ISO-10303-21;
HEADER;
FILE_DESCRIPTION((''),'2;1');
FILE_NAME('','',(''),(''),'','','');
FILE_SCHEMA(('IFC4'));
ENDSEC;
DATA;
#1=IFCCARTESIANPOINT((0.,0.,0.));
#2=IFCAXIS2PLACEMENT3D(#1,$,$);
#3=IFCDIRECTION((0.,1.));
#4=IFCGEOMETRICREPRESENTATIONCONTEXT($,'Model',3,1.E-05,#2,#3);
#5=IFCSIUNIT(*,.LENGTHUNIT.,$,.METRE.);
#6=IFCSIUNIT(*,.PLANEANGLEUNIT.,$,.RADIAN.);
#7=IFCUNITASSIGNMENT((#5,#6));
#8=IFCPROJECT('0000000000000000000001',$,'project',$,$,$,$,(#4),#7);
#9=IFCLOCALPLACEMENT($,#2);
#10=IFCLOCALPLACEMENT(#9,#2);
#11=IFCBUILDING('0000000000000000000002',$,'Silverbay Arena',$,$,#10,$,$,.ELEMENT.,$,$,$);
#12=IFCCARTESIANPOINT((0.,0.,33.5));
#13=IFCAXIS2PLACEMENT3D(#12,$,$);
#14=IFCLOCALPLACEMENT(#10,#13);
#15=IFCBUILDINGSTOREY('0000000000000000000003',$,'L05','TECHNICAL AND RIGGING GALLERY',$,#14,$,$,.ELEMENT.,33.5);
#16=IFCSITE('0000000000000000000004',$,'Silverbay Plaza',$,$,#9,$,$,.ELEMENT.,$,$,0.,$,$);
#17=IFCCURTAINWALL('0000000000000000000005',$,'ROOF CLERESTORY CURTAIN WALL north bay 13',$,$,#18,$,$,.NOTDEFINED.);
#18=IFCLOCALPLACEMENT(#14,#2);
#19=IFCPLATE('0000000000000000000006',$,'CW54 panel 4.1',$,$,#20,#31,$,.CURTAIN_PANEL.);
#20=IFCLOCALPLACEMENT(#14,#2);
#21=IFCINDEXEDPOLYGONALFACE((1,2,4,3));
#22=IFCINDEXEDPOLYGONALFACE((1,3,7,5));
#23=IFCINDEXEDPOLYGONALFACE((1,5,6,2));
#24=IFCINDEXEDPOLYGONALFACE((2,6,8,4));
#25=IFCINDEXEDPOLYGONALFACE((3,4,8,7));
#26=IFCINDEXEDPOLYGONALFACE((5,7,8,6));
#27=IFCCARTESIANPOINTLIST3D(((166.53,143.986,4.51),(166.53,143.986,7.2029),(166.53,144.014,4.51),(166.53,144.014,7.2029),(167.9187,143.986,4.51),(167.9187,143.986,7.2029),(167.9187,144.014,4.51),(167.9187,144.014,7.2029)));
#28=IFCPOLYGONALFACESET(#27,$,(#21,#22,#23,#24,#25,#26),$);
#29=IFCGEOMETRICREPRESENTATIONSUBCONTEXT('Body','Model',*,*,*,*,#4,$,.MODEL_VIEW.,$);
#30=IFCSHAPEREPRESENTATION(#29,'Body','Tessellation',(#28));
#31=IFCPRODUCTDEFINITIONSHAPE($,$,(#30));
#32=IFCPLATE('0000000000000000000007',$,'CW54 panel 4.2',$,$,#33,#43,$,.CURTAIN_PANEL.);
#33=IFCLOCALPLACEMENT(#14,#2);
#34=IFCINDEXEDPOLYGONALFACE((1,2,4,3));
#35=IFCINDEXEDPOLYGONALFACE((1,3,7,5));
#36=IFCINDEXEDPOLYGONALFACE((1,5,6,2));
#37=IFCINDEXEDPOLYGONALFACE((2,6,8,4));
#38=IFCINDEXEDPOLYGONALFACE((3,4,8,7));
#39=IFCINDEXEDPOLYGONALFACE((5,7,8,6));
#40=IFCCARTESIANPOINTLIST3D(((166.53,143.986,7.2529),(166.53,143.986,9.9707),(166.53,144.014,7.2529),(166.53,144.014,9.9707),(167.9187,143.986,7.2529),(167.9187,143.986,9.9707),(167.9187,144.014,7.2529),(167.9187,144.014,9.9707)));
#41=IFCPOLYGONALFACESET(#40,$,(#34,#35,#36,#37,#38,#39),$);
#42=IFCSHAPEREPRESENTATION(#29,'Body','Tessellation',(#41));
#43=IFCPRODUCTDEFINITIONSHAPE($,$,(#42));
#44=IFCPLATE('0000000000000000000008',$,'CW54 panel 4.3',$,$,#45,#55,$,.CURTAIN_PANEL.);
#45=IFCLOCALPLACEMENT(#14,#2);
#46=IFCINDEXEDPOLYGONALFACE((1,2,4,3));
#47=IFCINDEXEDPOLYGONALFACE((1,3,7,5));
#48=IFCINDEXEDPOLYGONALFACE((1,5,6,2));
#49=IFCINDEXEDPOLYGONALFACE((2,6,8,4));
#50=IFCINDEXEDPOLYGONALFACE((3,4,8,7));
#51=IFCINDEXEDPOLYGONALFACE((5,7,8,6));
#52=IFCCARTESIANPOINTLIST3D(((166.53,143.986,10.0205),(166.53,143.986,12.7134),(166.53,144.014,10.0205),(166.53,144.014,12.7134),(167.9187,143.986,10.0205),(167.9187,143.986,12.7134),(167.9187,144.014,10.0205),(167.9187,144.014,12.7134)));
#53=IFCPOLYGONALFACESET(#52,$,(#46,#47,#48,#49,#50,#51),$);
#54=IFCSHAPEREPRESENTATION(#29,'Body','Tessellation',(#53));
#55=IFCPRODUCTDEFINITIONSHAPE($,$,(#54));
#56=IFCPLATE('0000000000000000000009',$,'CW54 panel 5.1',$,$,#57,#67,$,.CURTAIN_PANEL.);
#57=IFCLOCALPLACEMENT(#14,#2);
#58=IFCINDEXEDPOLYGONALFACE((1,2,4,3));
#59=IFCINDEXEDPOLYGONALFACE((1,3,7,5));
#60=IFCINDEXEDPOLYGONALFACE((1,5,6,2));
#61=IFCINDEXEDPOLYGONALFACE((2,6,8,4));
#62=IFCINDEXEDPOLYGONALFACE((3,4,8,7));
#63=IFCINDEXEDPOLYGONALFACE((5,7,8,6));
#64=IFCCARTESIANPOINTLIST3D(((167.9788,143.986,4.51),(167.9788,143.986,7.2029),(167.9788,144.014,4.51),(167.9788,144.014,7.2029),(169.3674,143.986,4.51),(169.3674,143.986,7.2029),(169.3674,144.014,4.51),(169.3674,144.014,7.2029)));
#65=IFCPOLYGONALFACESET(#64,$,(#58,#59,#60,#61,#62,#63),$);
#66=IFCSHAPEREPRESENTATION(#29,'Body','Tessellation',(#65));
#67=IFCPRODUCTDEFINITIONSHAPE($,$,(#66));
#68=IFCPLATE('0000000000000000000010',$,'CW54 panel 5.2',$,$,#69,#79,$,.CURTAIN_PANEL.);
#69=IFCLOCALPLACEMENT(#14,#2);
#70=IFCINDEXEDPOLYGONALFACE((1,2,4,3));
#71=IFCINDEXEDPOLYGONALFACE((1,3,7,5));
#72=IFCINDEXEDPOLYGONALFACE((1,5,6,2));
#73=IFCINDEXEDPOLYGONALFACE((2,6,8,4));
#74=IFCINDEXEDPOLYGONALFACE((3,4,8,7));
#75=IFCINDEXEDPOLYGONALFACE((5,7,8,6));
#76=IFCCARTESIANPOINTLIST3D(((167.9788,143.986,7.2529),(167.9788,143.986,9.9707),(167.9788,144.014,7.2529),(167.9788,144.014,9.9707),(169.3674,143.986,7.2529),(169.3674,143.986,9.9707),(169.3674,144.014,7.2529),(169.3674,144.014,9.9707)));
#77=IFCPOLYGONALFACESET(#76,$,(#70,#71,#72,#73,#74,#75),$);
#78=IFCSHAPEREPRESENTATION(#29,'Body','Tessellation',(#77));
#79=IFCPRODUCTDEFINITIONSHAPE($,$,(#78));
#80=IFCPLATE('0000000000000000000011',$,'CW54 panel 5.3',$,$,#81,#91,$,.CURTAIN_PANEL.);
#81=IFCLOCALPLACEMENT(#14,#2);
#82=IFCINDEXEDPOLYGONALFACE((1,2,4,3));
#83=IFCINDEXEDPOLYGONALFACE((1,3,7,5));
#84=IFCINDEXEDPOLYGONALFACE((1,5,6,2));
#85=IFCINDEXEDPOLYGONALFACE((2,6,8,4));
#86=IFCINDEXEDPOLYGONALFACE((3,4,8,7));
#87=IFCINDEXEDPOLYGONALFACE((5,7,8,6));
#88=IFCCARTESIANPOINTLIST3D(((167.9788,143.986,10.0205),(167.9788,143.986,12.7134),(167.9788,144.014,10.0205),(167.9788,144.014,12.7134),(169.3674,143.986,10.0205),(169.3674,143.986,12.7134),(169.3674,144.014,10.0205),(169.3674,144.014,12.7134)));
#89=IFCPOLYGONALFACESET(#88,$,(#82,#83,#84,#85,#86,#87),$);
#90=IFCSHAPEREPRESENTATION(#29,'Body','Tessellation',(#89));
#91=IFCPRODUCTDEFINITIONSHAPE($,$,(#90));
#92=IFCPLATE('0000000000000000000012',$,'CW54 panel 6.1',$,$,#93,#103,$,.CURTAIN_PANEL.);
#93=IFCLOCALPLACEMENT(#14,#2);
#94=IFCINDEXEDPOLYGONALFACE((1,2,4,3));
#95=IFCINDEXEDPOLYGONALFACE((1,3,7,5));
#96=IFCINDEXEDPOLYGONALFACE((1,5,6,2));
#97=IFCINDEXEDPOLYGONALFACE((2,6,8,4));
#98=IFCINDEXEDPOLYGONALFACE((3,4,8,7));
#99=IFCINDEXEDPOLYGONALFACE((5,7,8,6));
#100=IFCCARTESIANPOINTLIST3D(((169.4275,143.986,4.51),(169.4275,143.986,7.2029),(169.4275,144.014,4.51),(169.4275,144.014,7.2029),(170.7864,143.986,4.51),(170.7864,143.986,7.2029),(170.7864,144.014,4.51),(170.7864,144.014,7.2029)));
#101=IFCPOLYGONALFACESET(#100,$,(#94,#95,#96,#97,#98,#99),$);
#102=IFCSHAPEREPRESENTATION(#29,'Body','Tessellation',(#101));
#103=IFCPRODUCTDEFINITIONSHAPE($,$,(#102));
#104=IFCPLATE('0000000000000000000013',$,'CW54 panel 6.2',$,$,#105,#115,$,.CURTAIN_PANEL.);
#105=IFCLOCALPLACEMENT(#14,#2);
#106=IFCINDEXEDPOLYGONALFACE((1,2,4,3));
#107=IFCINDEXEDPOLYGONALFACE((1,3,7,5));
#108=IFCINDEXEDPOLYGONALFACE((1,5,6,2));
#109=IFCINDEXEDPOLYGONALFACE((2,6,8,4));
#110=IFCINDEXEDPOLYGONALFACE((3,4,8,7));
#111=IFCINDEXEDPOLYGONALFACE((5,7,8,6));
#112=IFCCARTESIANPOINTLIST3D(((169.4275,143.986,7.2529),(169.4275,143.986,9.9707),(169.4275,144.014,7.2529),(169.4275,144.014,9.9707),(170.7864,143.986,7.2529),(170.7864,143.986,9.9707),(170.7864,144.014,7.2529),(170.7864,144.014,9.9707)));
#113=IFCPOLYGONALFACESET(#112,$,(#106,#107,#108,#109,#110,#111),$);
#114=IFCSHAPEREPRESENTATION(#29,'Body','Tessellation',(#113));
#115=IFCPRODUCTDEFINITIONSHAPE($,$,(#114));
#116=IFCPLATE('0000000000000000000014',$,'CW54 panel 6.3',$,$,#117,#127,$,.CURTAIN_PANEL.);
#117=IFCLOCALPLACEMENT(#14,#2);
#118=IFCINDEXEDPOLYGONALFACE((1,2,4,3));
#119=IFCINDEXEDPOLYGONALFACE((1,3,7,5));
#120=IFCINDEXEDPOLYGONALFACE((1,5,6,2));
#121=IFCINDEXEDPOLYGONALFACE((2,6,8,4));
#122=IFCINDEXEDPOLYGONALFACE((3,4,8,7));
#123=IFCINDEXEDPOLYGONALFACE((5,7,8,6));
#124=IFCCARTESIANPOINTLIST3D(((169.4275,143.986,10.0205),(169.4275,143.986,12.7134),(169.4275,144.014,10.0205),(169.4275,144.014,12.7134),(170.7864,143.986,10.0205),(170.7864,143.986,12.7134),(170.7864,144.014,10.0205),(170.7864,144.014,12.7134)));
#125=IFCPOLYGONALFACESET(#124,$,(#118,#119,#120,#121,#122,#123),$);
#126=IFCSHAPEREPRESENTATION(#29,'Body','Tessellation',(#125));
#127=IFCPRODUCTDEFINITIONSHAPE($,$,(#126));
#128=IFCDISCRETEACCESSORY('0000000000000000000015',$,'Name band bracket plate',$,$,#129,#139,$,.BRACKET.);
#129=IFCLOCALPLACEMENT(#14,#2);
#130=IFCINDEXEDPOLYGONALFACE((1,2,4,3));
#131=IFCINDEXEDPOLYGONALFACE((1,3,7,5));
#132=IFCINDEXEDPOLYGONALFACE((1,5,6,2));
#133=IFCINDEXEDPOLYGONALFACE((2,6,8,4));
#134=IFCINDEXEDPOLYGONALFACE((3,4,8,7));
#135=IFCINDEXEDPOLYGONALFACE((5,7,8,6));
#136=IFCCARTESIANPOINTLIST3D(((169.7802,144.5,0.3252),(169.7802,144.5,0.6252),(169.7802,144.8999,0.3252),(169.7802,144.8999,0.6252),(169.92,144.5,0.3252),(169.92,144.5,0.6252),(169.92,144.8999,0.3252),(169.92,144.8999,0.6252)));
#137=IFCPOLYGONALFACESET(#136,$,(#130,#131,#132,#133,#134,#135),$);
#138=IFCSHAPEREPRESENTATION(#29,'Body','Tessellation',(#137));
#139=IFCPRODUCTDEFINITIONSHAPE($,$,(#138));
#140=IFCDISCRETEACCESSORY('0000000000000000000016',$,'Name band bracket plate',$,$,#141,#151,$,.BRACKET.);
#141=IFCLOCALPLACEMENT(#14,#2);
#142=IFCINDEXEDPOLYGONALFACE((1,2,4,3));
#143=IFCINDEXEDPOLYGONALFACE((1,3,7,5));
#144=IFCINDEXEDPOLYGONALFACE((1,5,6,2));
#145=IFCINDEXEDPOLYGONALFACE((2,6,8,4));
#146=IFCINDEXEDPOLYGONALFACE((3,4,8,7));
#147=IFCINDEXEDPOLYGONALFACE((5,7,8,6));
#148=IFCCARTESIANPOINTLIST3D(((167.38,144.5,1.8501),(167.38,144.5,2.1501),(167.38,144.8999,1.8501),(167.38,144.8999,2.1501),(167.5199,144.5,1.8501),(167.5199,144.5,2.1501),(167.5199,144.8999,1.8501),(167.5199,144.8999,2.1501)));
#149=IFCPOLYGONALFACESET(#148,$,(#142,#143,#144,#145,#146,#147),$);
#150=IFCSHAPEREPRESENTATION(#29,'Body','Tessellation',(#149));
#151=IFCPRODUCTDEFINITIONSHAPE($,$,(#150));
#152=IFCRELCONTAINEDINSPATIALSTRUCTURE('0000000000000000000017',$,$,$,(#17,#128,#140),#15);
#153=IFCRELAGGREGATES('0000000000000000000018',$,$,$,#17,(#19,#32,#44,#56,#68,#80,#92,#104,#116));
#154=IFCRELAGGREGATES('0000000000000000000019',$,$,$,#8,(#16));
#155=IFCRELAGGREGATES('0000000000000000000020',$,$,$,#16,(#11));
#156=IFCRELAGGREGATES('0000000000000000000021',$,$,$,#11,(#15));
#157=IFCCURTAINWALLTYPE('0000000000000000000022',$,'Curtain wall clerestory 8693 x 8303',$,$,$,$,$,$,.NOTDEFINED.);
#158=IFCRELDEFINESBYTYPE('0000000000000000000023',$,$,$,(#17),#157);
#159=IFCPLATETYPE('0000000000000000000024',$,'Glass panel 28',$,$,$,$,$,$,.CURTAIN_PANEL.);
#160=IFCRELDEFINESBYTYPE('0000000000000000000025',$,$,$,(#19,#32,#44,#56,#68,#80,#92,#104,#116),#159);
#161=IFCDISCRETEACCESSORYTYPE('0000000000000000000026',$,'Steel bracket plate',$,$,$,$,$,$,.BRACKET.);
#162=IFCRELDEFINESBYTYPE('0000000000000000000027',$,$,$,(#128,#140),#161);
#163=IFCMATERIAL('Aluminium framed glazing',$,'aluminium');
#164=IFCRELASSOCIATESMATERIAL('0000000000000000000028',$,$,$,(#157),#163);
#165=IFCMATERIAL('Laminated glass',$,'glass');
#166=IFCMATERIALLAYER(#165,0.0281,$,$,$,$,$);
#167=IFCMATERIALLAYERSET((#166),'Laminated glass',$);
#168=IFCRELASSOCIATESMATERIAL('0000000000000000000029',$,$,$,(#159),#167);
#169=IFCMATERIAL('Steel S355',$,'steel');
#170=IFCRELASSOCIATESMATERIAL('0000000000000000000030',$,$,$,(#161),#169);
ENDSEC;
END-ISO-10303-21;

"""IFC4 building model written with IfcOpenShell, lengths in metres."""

from ifc_helpers import new_model, si_unit, direction, frame, origin, origin_2d, place, context, subcontext, project, spatial, rectangle, extrude, material, layer, layer_set, type_object, element, aggregate, save


model = new_model("IFC4")

# Units and contexts
model_context = context("Model", 3, precision=1e-05, world=origin(), true_north=direction((0.0, 1.0)))
body_context = subcontext(model_context, "Body", "Model", "MODEL_VIEW")
ifc_project = project(units=[si_unit("LENGTHUNIT", "METRE"), si_unit("PLANEANGLEUNIT", "RADIAN")], contexts=[model_context])

# Site, building, storey
site_placement = place(None, origin())
site = spatial("IfcSite", under=ifc_project, at=site_placement, Name="Silverbay Plaza", CompositionType="ELEMENT", RefElevation=0.0)
building_placement = place(site_placement, origin())
building = spatial("IfcBuilding", under=site, at=building_placement, Name="Silverbay Arena", CompositionType="ELEMENT")
storey_placement = place(building_placement, frame((0.0, 0.0, 33.5)))
storey = spatial("IfcBuildingStorey", under=building, at=storey_placement, Name="L05", Description="TECHNICAL AND RIGGING GALLERY", CompositionType="ELEMENT", Elevation=33.5)

# Curtain wall
ifc_material_1 = material(Name="Aluminium framed glazing", Category="aluminium")
curtain_wall_type = type_object("IfcCurtainWallType", Name="Curtain wall clerestory 8693 x 8303", PredefinedType="NOTDEFINED", material=ifc_material_1)
curtain_wall_placement = place(storey_placement, origin())
curtain_wall = element("IfcCurtainWall", 1, at=curtain_wall_placement, inside=storey, type_object=curtain_wall_type, Name="ROOF CLERESTORY CURTAIN WALL north bay 13", PredefinedType="NOTDEFINED")

# Plates
ifc_material_2 = material(Name="Laminated glass", Category="glass")
ifc_layer = layer(ifc_material_2, 0.0281)
ifc_layer_set = layer_set([ifc_layer], Name="Laminated glass")
plate_type = type_object("IfcPlateType", Name="Glass panel 28", PredefinedType="CURTAIN_PANEL", material=ifc_layer_set)
plate_1_placement = place(storey_placement, frame((167.2244, 144.0, 4.51), z_axis=(0.0, 0.0, 1.0), x_axis=(1.0, 0.0, 0.0)))
plate_1 = element("IfcPlate", 2, at=plate_1_placement, type_object=plate_type, Name="CW54 panel 4.1", PredefinedType="CURTAIN_PANEL", context=body_context, shape_type="SweptSolid", body=[
    extrude(rectangle(XDim=1.3887, YDim=0.0281, at=origin_2d()), origin(), (0.0, 0.0, 1.0), 2.6929),
])
plate_2_placement = place(storey_placement, frame((167.2244, 144.0, 7.2529), z_axis=(0.0, 0.0, 1.0), x_axis=(1.0, 0.0, 0.0)))
plate_2 = element("IfcPlate", 3, at=plate_2_placement, type_object=plate_type, Name="CW54 panel 4.2", PredefinedType="CURTAIN_PANEL", context=body_context, shape_type="SweptSolid", body=[
    extrude(rectangle(XDim=1.3887, YDim=0.0281, at=origin_2d()), origin(), (0.0, 0.0, 1.0), 2.7178),
])
plate_3_placement = place(storey_placement, frame((167.2244, 144.0, 10.0205), z_axis=(0.0, 0.0, 1.0), x_axis=(1.0, 0.0, 0.0)))
plate_3 = element("IfcPlate", 4, at=plate_3_placement, type_object=plate_type, Name="CW54 panel 4.3", PredefinedType="CURTAIN_PANEL", context=body_context, shape_type="SweptSolid", body=[
    extrude(rectangle(XDim=1.3887, YDim=0.0281, at=origin_2d()), origin(), (0.0, 0.0, 1.0), 2.6929),
])
plate_4_placement = place(storey_placement, frame((168.6731, 144.0, 4.51), z_axis=(0.0, 0.0, 1.0), x_axis=(1.0, 0.0, 0.0)))
plate_4 = element("IfcPlate", 5, at=plate_4_placement, type_object=plate_type, Name="CW54 panel 5.1", PredefinedType="CURTAIN_PANEL", context=body_context, shape_type="SweptSolid", body=[
    extrude(rectangle(XDim=1.3887, YDim=0.0281, at=origin_2d()), origin(), (0.0, 0.0, 1.0), 2.6929),
])
plate_5_placement = place(storey_placement, frame((168.6731, 144.0, 7.2529), z_axis=(0.0, 0.0, 1.0), x_axis=(1.0, 0.0, 0.0)))
plate_5 = element("IfcPlate", 6, at=plate_5_placement, type_object=plate_type, Name="CW54 panel 5.2", PredefinedType="CURTAIN_PANEL", context=body_context, shape_type="SweptSolid", body=[
    extrude(rectangle(XDim=1.3887, YDim=0.0281, at=origin_2d()), origin(), (0.0, 0.0, 1.0), 2.7178),
])
plate_6_placement = place(storey_placement, frame((168.6731, 144.0, 10.0205), z_axis=(0.0, 0.0, 1.0), x_axis=(1.0, 0.0, 0.0)))
plate_6 = element("IfcPlate", 7, at=plate_6_placement, type_object=plate_type, Name="CW54 panel 5.3", PredefinedType="CURTAIN_PANEL", context=body_context, shape_type="SweptSolid", body=[
    extrude(rectangle(XDim=1.3887, YDim=0.0281, at=origin_2d()), origin(), (0.0, 0.0, 1.0), 2.6929),
])
plate_7_placement = place(storey_placement, frame((170.1069, 144.0, 4.51), z_axis=(0.0, 0.0, 1.0), x_axis=(1.0, 0.0, 0.0)))
plate_7 = element("IfcPlate", 8, at=plate_7_placement, type_object=plate_type, Name="CW54 panel 6.1", PredefinedType="CURTAIN_PANEL", context=body_context, shape_type="SweptSolid", body=[
    extrude(rectangle(XDim=1.3589, YDim=0.0281, at=origin_2d()), origin(), (0.0, 0.0, 1.0), 2.6929),
])
plate_8_placement = place(storey_placement, frame((170.1069, 144.0, 7.2529), z_axis=(0.0, 0.0, 1.0), x_axis=(1.0, 0.0, 0.0)))
plate_8 = element("IfcPlate", 9, at=plate_8_placement, type_object=plate_type, Name="CW54 panel 6.2", PredefinedType="CURTAIN_PANEL", context=body_context, shape_type="SweptSolid", body=[
    extrude(rectangle(XDim=1.3589, YDim=0.0281, at=origin_2d()), origin(), (0.0, 0.0, 1.0), 2.7178),
])
plate_9_placement = place(storey_placement, frame((170.1069, 144.0, 10.0205), z_axis=(0.0, 0.0, 1.0), x_axis=(1.0, 0.0, 0.0)))
plate_9 = element("IfcPlate", 10, at=plate_9_placement, type_object=plate_type, Name="CW54 panel 6.3", PredefinedType="CURTAIN_PANEL", context=body_context, shape_type="SweptSolid", body=[
    extrude(rectangle(XDim=1.3589, YDim=0.0281, at=origin_2d()), origin(), (0.0, 0.0, 1.0), 2.6929),
])
aggregate(curtain_wall, [plate_1, plate_2, plate_3, plate_4, plate_5, plate_6, plate_7, plate_8, plate_9])

# Discrete accessories
ifc_material_3 = material(Name="Steel S355", Category="steel")
discrete_accessory_type = type_object("IfcDiscreteAccessoryType", Name="Steel bracket plate", PredefinedType="BRACKET", material=ifc_material_3)
for number, where, z_axis, x_axis, name in (
    (11, (169.8501, 144.7, 0.3252), (0.0, 0.0, 1.0), (1.0, 0.0, 0.0), "Name band bracket plate"),
    (12, (167.45, 144.7, 1.8501), (0.0, 0.0, 1.0), (1.0, 0.0, 0.0), "Name band bracket plate"),
):
    element("IfcDiscreteAccessory", number, at=place(storey_placement, frame(where, z_axis=z_axis, x_axis=x_axis)), inside=storey, type_object=discrete_accessory_type, Name=name, PredefinedType="BRACKET", context=body_context, shape_type="SweptSolid", body=[
        extrude(rectangle(XDim=0.1399, YDim=0.3999, at=origin_2d()), origin(), (0.0, 0.0, 1.0), 0.3),
    ])

save(model, "model.ifc")
